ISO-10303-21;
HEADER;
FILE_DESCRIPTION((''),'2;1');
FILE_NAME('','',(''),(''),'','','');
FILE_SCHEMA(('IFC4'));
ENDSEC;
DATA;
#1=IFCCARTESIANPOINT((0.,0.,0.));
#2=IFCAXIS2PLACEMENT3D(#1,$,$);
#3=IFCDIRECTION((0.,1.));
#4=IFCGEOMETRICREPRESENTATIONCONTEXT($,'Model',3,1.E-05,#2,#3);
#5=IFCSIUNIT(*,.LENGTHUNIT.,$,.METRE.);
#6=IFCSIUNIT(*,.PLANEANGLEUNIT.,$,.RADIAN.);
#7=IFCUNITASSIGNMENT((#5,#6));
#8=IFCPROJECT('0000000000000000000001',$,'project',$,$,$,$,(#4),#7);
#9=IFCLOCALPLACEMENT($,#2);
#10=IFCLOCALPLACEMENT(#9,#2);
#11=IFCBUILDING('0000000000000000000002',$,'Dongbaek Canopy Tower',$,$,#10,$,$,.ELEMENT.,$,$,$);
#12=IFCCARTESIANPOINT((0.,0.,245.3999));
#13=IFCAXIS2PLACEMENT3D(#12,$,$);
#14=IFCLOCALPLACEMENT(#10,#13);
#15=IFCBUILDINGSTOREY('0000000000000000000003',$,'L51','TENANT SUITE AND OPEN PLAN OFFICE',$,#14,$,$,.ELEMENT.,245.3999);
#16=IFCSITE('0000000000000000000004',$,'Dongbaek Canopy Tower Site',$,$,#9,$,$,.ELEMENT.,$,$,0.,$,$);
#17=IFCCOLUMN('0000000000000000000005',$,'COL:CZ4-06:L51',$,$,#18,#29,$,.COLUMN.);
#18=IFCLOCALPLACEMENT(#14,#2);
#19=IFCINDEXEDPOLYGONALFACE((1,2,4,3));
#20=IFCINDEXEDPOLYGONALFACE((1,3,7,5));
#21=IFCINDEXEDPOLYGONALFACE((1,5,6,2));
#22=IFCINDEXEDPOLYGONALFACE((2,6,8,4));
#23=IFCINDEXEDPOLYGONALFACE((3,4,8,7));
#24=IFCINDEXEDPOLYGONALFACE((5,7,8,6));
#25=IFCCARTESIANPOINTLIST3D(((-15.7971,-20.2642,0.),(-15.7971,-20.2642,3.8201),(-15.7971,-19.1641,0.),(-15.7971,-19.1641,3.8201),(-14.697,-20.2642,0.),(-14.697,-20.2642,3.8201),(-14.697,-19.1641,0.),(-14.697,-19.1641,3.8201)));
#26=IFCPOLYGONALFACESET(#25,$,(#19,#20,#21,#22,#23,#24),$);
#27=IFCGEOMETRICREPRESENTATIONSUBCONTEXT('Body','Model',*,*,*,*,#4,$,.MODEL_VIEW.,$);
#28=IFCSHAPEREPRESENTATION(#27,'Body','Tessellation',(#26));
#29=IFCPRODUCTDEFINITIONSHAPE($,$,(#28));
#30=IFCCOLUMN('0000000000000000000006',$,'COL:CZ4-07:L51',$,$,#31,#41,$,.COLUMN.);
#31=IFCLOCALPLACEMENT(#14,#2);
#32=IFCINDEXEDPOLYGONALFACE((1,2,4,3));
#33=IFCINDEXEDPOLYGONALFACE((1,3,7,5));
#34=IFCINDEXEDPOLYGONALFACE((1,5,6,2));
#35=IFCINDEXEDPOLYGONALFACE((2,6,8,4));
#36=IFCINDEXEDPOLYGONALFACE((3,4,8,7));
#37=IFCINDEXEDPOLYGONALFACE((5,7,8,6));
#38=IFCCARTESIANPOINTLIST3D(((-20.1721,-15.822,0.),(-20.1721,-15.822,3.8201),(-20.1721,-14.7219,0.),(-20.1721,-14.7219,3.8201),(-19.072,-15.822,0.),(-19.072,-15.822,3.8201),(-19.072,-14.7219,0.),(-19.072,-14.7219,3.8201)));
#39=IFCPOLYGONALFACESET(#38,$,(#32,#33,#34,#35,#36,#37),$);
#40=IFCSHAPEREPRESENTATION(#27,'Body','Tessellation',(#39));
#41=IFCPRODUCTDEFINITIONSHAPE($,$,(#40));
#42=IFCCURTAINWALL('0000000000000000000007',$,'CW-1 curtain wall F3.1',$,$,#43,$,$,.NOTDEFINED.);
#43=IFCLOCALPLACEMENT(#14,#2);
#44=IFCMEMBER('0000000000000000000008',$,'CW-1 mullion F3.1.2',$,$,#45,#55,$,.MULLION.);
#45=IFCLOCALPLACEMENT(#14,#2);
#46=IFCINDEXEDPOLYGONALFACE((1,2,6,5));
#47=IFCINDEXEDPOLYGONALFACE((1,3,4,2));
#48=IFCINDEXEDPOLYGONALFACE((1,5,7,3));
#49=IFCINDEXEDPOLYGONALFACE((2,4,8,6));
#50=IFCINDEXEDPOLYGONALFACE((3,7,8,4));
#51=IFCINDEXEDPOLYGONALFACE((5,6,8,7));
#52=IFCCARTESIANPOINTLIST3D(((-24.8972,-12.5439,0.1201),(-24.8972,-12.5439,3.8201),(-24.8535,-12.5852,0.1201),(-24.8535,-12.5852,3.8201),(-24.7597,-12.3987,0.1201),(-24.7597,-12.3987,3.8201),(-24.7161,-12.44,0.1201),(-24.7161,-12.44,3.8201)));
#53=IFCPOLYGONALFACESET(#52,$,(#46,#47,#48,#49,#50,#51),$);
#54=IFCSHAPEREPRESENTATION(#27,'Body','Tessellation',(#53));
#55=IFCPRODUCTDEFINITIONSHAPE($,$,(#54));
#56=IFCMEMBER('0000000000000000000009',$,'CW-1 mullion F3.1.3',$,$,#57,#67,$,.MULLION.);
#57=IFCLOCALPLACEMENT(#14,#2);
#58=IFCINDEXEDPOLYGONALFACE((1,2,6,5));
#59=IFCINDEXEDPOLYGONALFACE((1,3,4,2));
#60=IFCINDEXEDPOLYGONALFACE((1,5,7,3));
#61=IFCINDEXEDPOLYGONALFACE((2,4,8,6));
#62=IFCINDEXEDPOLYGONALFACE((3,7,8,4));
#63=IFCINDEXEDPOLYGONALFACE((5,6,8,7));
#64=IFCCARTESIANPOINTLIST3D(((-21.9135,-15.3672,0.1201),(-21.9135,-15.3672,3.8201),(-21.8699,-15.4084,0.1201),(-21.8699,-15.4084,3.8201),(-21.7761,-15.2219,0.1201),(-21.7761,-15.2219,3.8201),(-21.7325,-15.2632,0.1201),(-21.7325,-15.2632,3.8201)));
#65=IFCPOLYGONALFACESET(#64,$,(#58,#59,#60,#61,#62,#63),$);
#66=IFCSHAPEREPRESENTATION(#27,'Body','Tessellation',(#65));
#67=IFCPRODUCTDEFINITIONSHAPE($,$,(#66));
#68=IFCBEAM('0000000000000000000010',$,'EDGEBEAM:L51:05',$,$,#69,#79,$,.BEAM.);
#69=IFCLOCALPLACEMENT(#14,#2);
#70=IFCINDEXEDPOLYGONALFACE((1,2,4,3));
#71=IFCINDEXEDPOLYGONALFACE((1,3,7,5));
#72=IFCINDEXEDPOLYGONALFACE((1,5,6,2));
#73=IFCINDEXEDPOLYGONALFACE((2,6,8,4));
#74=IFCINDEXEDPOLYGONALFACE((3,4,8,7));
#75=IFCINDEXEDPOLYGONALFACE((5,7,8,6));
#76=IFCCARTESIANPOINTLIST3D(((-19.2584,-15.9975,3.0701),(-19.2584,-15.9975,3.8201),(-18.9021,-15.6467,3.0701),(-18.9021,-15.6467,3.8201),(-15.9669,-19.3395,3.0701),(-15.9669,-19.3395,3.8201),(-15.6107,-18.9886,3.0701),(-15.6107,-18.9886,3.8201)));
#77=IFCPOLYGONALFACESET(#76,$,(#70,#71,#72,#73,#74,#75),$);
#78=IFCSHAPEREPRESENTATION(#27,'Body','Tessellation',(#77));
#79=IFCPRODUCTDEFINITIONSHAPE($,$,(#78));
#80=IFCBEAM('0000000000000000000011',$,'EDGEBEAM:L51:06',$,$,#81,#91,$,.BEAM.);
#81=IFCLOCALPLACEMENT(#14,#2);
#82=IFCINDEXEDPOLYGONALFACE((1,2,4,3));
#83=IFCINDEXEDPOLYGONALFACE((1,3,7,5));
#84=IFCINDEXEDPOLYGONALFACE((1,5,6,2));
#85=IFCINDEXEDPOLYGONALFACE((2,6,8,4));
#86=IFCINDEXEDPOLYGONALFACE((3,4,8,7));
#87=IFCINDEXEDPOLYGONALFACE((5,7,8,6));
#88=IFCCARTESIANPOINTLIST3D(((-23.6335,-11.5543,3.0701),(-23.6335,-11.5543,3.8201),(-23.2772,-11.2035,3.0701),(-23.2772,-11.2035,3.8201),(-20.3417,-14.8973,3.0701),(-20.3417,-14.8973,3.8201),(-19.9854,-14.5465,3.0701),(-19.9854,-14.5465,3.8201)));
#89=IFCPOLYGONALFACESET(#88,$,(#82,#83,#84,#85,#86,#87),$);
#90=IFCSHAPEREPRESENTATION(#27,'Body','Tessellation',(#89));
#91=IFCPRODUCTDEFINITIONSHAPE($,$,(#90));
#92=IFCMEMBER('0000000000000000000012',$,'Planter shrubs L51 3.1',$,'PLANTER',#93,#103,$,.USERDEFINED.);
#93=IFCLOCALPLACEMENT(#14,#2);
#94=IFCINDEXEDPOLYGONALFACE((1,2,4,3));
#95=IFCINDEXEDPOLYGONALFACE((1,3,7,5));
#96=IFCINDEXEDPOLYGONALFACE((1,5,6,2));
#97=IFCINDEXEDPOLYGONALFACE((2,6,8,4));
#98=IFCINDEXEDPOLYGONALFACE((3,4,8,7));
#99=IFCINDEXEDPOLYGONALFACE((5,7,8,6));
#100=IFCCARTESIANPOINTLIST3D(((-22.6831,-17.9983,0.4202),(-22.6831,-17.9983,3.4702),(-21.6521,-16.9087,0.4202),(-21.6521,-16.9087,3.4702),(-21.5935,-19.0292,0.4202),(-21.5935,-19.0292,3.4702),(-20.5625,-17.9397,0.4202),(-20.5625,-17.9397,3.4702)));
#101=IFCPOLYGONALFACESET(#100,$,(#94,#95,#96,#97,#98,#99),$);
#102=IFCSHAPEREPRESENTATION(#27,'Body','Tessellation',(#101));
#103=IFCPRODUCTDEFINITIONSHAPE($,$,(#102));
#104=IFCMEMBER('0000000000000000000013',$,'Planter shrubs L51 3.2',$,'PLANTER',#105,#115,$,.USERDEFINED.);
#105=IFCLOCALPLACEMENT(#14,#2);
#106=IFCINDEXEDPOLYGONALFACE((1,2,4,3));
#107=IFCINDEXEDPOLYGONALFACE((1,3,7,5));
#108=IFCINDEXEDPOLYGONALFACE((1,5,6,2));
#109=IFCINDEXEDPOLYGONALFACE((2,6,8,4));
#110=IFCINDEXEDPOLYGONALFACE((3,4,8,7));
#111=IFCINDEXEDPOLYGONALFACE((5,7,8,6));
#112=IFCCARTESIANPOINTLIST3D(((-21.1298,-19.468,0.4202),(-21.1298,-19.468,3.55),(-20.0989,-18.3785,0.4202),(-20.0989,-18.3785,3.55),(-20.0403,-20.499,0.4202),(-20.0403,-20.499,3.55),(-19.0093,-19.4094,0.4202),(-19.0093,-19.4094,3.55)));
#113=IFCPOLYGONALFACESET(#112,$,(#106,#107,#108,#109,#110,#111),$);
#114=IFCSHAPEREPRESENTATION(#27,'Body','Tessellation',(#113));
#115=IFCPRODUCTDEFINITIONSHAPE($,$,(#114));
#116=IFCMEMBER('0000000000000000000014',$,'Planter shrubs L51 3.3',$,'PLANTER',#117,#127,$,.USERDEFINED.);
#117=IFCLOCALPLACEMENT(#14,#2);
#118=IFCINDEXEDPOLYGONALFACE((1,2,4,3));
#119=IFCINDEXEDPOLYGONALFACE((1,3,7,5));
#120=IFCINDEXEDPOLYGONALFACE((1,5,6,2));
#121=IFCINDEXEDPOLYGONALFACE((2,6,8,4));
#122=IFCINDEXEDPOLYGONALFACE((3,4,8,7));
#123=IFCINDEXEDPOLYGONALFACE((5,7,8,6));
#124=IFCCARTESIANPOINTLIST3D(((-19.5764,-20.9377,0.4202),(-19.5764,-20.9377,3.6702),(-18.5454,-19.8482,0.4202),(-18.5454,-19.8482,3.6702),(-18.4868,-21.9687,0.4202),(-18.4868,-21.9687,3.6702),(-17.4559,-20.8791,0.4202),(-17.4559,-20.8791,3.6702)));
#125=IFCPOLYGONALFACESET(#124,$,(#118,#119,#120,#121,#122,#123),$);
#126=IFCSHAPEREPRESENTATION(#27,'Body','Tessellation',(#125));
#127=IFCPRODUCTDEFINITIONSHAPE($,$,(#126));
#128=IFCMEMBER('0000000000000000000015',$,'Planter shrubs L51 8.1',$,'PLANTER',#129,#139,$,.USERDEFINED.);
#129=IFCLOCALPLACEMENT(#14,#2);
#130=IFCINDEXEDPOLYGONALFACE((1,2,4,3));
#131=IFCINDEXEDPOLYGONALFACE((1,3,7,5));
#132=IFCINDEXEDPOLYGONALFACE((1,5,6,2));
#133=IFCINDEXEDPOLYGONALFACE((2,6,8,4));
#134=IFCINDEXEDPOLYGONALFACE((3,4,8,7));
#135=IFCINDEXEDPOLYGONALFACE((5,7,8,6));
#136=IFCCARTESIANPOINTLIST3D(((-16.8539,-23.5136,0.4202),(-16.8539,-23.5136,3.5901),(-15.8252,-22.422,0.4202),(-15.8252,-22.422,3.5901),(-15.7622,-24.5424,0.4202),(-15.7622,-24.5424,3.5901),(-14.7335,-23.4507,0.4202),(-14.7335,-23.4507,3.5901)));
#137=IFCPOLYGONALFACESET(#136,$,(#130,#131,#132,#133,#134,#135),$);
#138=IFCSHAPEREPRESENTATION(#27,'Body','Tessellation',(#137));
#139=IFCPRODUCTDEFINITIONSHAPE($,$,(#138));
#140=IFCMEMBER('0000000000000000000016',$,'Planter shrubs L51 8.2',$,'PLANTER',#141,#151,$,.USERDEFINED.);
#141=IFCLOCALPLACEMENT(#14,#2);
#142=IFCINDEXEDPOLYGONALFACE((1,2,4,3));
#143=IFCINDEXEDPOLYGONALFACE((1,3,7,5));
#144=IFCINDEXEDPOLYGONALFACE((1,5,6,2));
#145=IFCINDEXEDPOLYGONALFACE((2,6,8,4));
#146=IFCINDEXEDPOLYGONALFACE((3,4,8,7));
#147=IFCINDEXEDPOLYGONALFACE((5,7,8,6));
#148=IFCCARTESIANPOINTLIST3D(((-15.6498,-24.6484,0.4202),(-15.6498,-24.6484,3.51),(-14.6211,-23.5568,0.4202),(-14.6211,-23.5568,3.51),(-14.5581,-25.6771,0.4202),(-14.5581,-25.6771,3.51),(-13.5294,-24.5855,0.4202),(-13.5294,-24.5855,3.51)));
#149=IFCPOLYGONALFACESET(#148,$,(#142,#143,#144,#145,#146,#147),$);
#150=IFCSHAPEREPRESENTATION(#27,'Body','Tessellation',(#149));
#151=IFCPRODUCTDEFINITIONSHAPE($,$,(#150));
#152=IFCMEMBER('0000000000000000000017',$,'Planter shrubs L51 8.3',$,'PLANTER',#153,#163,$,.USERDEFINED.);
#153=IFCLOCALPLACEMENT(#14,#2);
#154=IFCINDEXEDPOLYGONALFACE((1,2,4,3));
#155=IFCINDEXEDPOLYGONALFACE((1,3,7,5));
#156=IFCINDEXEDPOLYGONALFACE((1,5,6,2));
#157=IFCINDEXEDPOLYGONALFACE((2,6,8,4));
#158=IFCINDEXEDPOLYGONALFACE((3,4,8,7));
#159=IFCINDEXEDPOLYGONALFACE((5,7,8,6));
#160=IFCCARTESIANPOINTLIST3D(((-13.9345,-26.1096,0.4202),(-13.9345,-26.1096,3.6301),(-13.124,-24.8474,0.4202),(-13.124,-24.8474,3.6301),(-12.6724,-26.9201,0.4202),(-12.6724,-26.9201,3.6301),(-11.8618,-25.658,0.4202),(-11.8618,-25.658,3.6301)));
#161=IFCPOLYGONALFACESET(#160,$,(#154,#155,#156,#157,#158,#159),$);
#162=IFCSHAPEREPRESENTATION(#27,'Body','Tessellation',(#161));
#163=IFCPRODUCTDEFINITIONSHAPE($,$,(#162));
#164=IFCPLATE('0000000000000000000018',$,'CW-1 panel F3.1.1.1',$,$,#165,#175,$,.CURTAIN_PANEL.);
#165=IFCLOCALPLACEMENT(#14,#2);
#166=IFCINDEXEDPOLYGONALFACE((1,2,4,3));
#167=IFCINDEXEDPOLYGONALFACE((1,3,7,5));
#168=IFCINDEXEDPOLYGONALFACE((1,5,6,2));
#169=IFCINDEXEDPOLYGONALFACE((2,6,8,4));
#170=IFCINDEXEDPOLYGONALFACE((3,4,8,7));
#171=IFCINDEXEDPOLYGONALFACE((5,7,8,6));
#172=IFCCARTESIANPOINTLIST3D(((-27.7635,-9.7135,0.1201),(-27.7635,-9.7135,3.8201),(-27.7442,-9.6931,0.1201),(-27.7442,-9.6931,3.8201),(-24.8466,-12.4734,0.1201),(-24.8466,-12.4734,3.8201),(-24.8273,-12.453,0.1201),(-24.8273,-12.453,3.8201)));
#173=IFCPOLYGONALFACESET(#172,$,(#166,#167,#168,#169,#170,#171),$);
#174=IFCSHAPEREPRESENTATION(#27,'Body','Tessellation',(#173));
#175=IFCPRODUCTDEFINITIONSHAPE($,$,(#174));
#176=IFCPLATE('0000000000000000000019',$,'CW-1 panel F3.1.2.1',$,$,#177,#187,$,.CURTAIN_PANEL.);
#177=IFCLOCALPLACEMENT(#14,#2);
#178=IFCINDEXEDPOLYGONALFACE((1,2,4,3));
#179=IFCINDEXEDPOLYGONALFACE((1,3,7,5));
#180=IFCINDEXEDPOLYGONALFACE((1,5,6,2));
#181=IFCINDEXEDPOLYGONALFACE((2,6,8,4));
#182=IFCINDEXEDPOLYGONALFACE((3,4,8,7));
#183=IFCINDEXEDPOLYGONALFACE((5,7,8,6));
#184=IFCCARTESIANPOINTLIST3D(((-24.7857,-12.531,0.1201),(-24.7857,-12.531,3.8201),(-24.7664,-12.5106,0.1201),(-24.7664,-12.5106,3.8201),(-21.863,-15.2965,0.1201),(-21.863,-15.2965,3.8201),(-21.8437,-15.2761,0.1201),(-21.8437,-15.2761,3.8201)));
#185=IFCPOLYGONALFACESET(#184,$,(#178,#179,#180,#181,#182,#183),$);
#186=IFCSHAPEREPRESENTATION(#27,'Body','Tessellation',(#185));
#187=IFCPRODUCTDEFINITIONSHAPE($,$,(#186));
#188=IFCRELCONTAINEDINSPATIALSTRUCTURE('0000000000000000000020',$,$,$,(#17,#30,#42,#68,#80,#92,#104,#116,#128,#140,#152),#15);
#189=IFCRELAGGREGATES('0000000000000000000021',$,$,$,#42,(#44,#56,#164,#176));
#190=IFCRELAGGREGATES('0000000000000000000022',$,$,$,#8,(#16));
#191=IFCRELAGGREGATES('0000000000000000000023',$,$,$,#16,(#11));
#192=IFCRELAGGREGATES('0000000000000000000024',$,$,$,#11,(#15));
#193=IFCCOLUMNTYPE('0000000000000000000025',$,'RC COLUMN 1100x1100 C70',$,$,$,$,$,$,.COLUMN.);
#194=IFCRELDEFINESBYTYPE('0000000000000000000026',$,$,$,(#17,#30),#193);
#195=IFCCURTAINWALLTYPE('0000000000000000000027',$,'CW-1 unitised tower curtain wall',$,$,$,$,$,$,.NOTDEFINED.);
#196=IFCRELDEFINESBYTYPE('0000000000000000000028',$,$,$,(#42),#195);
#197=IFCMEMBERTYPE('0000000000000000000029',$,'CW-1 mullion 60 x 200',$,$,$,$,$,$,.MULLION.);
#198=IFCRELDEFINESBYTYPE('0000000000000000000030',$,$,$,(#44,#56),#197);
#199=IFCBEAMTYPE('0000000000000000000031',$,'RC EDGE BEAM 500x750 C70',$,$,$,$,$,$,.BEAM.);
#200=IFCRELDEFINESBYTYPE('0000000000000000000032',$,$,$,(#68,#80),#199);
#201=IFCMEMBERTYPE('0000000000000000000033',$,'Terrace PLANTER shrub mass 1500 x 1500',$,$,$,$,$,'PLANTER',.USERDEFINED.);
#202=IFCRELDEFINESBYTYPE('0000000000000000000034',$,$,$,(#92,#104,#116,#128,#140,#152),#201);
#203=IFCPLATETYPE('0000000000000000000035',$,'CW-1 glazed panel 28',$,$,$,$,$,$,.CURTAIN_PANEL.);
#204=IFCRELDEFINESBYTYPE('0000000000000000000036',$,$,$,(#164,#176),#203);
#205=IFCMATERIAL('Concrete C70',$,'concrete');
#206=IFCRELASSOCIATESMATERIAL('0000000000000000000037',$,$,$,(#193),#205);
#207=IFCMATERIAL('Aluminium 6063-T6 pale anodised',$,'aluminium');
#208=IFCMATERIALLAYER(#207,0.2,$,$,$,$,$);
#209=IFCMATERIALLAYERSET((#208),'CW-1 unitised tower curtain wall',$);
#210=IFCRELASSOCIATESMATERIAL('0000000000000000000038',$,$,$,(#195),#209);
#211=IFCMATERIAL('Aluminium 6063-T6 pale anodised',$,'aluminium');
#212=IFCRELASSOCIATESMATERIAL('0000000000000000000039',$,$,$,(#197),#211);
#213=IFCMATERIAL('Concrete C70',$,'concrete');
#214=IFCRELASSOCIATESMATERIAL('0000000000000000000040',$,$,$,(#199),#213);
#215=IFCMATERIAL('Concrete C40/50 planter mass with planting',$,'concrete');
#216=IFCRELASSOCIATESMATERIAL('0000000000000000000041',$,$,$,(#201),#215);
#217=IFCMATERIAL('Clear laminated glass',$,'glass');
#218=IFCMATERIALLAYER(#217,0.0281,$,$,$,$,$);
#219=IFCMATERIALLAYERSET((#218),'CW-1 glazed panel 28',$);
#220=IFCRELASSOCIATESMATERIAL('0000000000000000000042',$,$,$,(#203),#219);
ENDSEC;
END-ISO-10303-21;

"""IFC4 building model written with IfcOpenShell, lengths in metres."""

from ifc_helpers import new_model, si_unit, direction, frame, origin, origin_2d, place, context, subcontext, project, spatial, rectangle, extrude, material, layer, layer_set, material_profile, profile_set, type_object, element, aggregate, save


model = new_model("IFC4")

# Units and contexts
model_context = context("Model", 3, precision=1e-05, world=origin(), true_north=direction((0.0, 1.0)))
body_context = subcontext(model_context, "Body", "Model", "MODEL_VIEW")
ifc_project = project(units=[si_unit("LENGTHUNIT", "METRE"), si_unit("PLANEANGLEUNIT", "RADIAN")], contexts=[model_context])

# Site, building, storey
site_placement = place(None, origin())
site = spatial("IfcSite", under=ifc_project, at=site_placement, Name="Dongbaek Canopy Tower Site", CompositionType="ELEMENT", RefElevation=0.0)
building_placement = place(site_placement, origin())
building = spatial("IfcBuilding", under=site, at=building_placement, Name="Dongbaek Canopy Tower", CompositionType="ELEMENT")
storey_placement = place(building_placement, frame((0.0, 0.0, 245.3999)))
storey = spatial("IfcBuildingStorey", under=building, at=storey_placement, Name="L51", Description="TENANT SUITE AND OPEN PLAN OFFICE", CompositionType="ELEMENT", Elevation=245.3999)

# Columns
ifc_material_1 = material(Name="Concrete C70", Category="concrete")
ifc_material_profile_1 = material_profile(ifc_material_1, rectangle(XDim=1.1001, YDim=1.1001, at=origin_2d()), Name="RC COLUMN 1100x1100 C70")
ifc_profile_set_1 = profile_set([ifc_material_profile_1], Name="Concrete C70")
column_type = type_object("IfcColumnType", Name="RC COLUMN 1100x1100 C70", PredefinedType="COLUMN", material=ifc_profile_set_1)
for number, where, z_axis, x_axis, name in (
    (1, (-15.2471, -19.7141, 0.0), (0.0, 0.0, 1.0), (1.0, 0.0, 0.0), "COL:CZ4-06:L51"),
    (2, (-19.6221, -15.272, 0.0), (0.0, 0.0, 1.0), (1.0, 0.0, 0.0), "COL:CZ4-07:L51"),
):
    element("IfcColumn", number, at=place(storey_placement, frame(where, z_axis=z_axis, x_axis=x_axis)), inside=storey, type_object=column_type, Name=name, PredefinedType="COLUMN", context=body_context, shape_type="SweptSolid", body=[
        extrude(rectangle(XDim=1.1001, YDim=1.1001, at=origin_2d()), origin(), (0.0, 0.0, 1.0), 3.8201),
    ])

# Curtain wall, members
ifc_material_2 = material(Name="Aluminium 6063-T6 pale anodised", Category="aluminium")
ifc_layer_1 = layer(ifc_material_2, 0.2)
ifc_layer_set_1 = layer_set([ifc_layer_1], Name="CW-1 unitised tower curtain wall")
curtain_wall_type = type_object("IfcCurtainWallType", Name="CW-1 unitised tower curtain wall", PredefinedType="NOTDEFINED", material=ifc_layer_set_1)
curtain_wall_placement = place(storey_placement, origin())
curtain_wall = element("IfcCurtainWall", 3, at=curtain_wall_placement, inside=storey, type_object=curtain_wall_type, Name="CW-1 curtain wall F3.1", PredefinedType="NOTDEFINED")
ifc_material_3 = material(Name="Aluminium 6063-T6 pale anodised", Category="aluminium")
ifc_material_profile_2 = material_profile(ifc_material_3, rectangle(XDim=0.2, YDim=0.0601, at=origin_2d()), Name="CW-1 mullion 60 x 200")
ifc_profile_set_2 = profile_set([ifc_material_profile_2], Name="Aluminium 6063-T6 pale anodised")
member_type_1 = type_object("IfcMemberType", Name="CW-1 mullion 60 x 200", PredefinedType="MULLION", material=ifc_profile_set_2)
member_1_placement = place(storey_placement, frame((-24.8066, -12.4919, 0.1201), z_axis=(0.0, 0.0, 1.0), x_axis=(-0.687305, -0.726369, 0.0)))
member_1 = element("IfcMember", 4, at=member_1_placement, type_object=member_type_1, Name="CW-1 mullion F3.1.2", PredefinedType="MULLION", context=body_context, shape_type="SweptSolid", body=[
    extrude(rectangle(XDim=0.2, YDim=0.0601, at=origin_2d()), origin(), (0.0, 0.0, 1.0), 3.7),
])
member_2_placement = place(storey_placement, frame((-21.823, -15.3152, 0.1201), z_axis=(0.0, 0.0, 1.0), x_axis=(-0.687305, -0.726369, 0.0)))
member_2 = element("IfcMember", 5, at=member_2_placement, type_object=member_type_1, Name="CW-1 mullion F3.1.3", PredefinedType="MULLION", context=body_context, shape_type="SweptSolid", body=[
    extrude(rectangle(XDim=0.2, YDim=0.0601, at=origin_2d()), origin(), (0.0, 0.0, 1.0), 3.7),
])

# Beams
ifc_material_4 = material(Name="Concrete C70", Category="concrete")
ifc_material_profile_3 = material_profile(ifc_material_4, rectangle(XDim=0.5, YDim=0.75, at=origin_2d()), Name="RC EDGE BEAM 500x750 C70")
ifc_profile_set_3 = profile_set([ifc_material_profile_3], Name="Concrete C70")
beam_type = type_object("IfcBeamType", Name="RC EDGE BEAM 500x750 C70", PredefinedType="BEAM", material=ifc_profile_set_3)
beam_1_placement = place(storey_placement, frame((-15.7888, -19.1641, 3.4451), z_axis=(-0.701699, 0.712473, 0.0), x_axis=(-0.712473, -0.701699, 0.0)))
element("IfcBeam", 6, at=beam_1_placement, inside=storey, type_object=beam_type, Name="EDGEBEAM:L51:05", PredefinedType="BEAM", context=body_context, shape_type="SweptSolid", body=[
    extrude(rectangle(XDim=0.5, YDim=0.75, at=origin_2d()), origin(), (0.0, 0.0, 1.0), 4.6907),
])
beam_2_placement = place(storey_placement, frame((-20.1636, -14.7219, 3.4451), z_axis=(-0.701622, 0.71255, 0.0), x_axis=(-0.71255, -0.701622, 0.0)))
element("IfcBeam", 7, at=beam_2_placement, inside=storey, type_object=beam_type, Name="EDGEBEAM:L51:06", PredefinedType="BEAM", context=body_context, shape_type="SweptSolid", body=[
    extrude(rectangle(XDim=0.5, YDim=0.75, at=origin_2d()), origin(), (0.0, 0.0, 1.0), 4.6917),
])

# Members
ifc_material_5 = material(Name="Concrete C40/50 planter mass with planting", Category="concrete")
ifc_material_profile_4 = material_profile(ifc_material_5, rectangle(XDim=1.5, YDim=1.5, at=origin_2d()), Name="Terrace PLANTER shrub mass 1500 x 1500")
ifc_profile_set_4 = profile_set([ifc_material_profile_4], Name="Concrete C40/50 planter mass with planting")
member_type_2 = type_object("IfcMemberType", Name="Terrace PLANTER shrub mass 1500 x 1500", ElementType="PLANTER", PredefinedType="USERDEFINED", material=ifc_profile_set_4)
member_3_placement = place(storey_placement, frame((-21.6228, -17.969, 0.4202), z_axis=(0.0, 0.0, 1.0), x_axis=(-0.687305, -0.726369, 0.0)))
element("IfcMember", 8, at=member_3_placement, inside=storey, type_object=member_type_2, Name="Planter shrubs L51 3.1", ObjectType="PLANTER", PredefinedType="USERDEFINED", context=body_context, shape_type="SweptSolid", body=[
    extrude(rectangle(XDim=1.5, YDim=1.5, at=origin_2d()), origin(), (0.0, 0.0, 1.0), 3.05),
])
member_4_placement = place(storey_placement, frame((-20.0696, -19.4387, 0.4202), z_axis=(0.0, 0.0, 1.0), x_axis=(-0.687305, -0.726369, 0.0)))
element("IfcMember", 9, at=member_4_placement, inside=storey, type_object=member_type_2, Name="Planter shrubs L51 3.2", ObjectType="PLANTER", PredefinedType="USERDEFINED", context=body_context, shape_type="SweptSolid", body=[
    extrude(rectangle(XDim=1.5, YDim=1.5, at=origin_2d()), origin(), (0.0, 0.0, 1.0), 3.1299),
])
member_5_placement = place(storey_placement, frame((-18.5161, -20.9084, 0.4202), z_axis=(0.0, 0.0, 1.0), x_axis=(-0.687305, -0.726369, 0.0)))
element("IfcMember", 10, at=member_5_placement, inside=storey, type_object=member_type_2, Name="Planter shrubs L51 3.3", ObjectType="PLANTER", PredefinedType="USERDEFINED", context=body_context, shape_type="SweptSolid", body=[
    extrude(rectangle(XDim=1.5, YDim=1.5, at=origin_2d()), origin(), (0.0, 0.0, 1.0), 3.25),
])
member_6_placement = place(storey_placement, frame((-15.7937, -23.4822, 0.4202), z_axis=(0.0, 0.0, 1.0), x_axis=(-0.685817, -0.727774, 0.0)))
element("IfcMember", 11, at=member_6_placement, inside=storey, type_object=member_type_2, Name="Planter shrubs L51 8.1", ObjectType="PLANTER", PredefinedType="USERDEFINED", context=body_context, shape_type="SweptSolid", body=[
    extrude(rectangle(XDim=1.5, YDim=1.5, at=origin_2d()), origin(), (0.0, 0.0, 1.0), 3.1699),
])
member_7_placement = place(storey_placement, frame((-14.5896, -24.6169, 0.4202), z_axis=(0.0, 0.0, 1.0), x_axis=(-0.685817, -0.727774, 0.0)))
element("IfcMember", 12, at=member_7_placement, inside=storey, type_object=member_type_2, Name="Planter shrubs L51 8.2", ObjectType="PLANTER", PredefinedType="USERDEFINED", context=body_context, shape_type="SweptSolid", body=[
    extrude(rectangle(XDim=1.5, YDim=1.5, at=origin_2d()), origin(), (0.0, 0.0, 1.0), 3.0898),
])
member_8_placement = place(storey_placement, frame((-12.8982, -25.8838, 0.4202), z_axis=(0.0, 0.0, 1.0), x_axis=(-0.540374, -0.841425, 0.0)))
element("IfcMember", 13, at=member_8_placement, inside=storey, type_object=member_type_2, Name="Planter shrubs L51 8.3", ObjectType="PLANTER", PredefinedType="USERDEFINED", context=body_context, shape_type="SweptSolid", body=[
    extrude(rectangle(XDim=1.5, YDim=1.5, at=origin_2d()), origin(), (0.0, 0.0, 1.0), 3.21),
])

# Plates
ifc_material_6 = material(Name="Clear laminated glass", Category="glass")
ifc_layer_2 = layer(ifc_material_6, 0.0281)
ifc_layer_set_2 = layer_set([ifc_layer_2], Name="CW-1 glazed panel 28")
plate_type = type_object("IfcPlateType", Name="CW-1 glazed panel 28", PredefinedType="CURTAIN_PANEL", material=ifc_layer_set_2)
plate_1_placement = place(storey_placement, frame((-26.2954, -11.0833, 0.1201), z_axis=(0.0, 0.0, 1.0), x_axis=(0.726369, -0.687305, 0.0)))
plate_1 = element("IfcPlate", 14, at=plate_1_placement, type_object=plate_type, Name="CW-1 panel F3.1.1.1", PredefinedType="CURTAIN_PANEL", context=body_context, shape_type="SweptSolid", body=[
    extrude(rectangle(XDim=4.0156, YDim=0.0281, at=origin_2d()), origin(), (0.0, 0.0, 1.0), 3.7),
])
plate_2_placement = place(storey_placement, frame((-23.3147, -13.9036, 0.1201), z_axis=(0.0, 0.0, 1.0), x_axis=(0.726369, -0.687305, 0.0)))
plate_2 = element("IfcPlate", 15, at=plate_2_placement, type_object=plate_type, Name="CW-1 panel F3.1.2.1", PredefinedType="CURTAIN_PANEL", context=body_context, shape_type="SweptSolid", body=[
    extrude(rectangle(XDim=4.0237, YDim=0.0281, at=origin_2d()), origin(), (0.0, 0.0, 1.0), 3.7),
])

aggregate(curtain_wall, [member_1, member_2, plate_1, plate_2])

save(model, "model.ifc")
